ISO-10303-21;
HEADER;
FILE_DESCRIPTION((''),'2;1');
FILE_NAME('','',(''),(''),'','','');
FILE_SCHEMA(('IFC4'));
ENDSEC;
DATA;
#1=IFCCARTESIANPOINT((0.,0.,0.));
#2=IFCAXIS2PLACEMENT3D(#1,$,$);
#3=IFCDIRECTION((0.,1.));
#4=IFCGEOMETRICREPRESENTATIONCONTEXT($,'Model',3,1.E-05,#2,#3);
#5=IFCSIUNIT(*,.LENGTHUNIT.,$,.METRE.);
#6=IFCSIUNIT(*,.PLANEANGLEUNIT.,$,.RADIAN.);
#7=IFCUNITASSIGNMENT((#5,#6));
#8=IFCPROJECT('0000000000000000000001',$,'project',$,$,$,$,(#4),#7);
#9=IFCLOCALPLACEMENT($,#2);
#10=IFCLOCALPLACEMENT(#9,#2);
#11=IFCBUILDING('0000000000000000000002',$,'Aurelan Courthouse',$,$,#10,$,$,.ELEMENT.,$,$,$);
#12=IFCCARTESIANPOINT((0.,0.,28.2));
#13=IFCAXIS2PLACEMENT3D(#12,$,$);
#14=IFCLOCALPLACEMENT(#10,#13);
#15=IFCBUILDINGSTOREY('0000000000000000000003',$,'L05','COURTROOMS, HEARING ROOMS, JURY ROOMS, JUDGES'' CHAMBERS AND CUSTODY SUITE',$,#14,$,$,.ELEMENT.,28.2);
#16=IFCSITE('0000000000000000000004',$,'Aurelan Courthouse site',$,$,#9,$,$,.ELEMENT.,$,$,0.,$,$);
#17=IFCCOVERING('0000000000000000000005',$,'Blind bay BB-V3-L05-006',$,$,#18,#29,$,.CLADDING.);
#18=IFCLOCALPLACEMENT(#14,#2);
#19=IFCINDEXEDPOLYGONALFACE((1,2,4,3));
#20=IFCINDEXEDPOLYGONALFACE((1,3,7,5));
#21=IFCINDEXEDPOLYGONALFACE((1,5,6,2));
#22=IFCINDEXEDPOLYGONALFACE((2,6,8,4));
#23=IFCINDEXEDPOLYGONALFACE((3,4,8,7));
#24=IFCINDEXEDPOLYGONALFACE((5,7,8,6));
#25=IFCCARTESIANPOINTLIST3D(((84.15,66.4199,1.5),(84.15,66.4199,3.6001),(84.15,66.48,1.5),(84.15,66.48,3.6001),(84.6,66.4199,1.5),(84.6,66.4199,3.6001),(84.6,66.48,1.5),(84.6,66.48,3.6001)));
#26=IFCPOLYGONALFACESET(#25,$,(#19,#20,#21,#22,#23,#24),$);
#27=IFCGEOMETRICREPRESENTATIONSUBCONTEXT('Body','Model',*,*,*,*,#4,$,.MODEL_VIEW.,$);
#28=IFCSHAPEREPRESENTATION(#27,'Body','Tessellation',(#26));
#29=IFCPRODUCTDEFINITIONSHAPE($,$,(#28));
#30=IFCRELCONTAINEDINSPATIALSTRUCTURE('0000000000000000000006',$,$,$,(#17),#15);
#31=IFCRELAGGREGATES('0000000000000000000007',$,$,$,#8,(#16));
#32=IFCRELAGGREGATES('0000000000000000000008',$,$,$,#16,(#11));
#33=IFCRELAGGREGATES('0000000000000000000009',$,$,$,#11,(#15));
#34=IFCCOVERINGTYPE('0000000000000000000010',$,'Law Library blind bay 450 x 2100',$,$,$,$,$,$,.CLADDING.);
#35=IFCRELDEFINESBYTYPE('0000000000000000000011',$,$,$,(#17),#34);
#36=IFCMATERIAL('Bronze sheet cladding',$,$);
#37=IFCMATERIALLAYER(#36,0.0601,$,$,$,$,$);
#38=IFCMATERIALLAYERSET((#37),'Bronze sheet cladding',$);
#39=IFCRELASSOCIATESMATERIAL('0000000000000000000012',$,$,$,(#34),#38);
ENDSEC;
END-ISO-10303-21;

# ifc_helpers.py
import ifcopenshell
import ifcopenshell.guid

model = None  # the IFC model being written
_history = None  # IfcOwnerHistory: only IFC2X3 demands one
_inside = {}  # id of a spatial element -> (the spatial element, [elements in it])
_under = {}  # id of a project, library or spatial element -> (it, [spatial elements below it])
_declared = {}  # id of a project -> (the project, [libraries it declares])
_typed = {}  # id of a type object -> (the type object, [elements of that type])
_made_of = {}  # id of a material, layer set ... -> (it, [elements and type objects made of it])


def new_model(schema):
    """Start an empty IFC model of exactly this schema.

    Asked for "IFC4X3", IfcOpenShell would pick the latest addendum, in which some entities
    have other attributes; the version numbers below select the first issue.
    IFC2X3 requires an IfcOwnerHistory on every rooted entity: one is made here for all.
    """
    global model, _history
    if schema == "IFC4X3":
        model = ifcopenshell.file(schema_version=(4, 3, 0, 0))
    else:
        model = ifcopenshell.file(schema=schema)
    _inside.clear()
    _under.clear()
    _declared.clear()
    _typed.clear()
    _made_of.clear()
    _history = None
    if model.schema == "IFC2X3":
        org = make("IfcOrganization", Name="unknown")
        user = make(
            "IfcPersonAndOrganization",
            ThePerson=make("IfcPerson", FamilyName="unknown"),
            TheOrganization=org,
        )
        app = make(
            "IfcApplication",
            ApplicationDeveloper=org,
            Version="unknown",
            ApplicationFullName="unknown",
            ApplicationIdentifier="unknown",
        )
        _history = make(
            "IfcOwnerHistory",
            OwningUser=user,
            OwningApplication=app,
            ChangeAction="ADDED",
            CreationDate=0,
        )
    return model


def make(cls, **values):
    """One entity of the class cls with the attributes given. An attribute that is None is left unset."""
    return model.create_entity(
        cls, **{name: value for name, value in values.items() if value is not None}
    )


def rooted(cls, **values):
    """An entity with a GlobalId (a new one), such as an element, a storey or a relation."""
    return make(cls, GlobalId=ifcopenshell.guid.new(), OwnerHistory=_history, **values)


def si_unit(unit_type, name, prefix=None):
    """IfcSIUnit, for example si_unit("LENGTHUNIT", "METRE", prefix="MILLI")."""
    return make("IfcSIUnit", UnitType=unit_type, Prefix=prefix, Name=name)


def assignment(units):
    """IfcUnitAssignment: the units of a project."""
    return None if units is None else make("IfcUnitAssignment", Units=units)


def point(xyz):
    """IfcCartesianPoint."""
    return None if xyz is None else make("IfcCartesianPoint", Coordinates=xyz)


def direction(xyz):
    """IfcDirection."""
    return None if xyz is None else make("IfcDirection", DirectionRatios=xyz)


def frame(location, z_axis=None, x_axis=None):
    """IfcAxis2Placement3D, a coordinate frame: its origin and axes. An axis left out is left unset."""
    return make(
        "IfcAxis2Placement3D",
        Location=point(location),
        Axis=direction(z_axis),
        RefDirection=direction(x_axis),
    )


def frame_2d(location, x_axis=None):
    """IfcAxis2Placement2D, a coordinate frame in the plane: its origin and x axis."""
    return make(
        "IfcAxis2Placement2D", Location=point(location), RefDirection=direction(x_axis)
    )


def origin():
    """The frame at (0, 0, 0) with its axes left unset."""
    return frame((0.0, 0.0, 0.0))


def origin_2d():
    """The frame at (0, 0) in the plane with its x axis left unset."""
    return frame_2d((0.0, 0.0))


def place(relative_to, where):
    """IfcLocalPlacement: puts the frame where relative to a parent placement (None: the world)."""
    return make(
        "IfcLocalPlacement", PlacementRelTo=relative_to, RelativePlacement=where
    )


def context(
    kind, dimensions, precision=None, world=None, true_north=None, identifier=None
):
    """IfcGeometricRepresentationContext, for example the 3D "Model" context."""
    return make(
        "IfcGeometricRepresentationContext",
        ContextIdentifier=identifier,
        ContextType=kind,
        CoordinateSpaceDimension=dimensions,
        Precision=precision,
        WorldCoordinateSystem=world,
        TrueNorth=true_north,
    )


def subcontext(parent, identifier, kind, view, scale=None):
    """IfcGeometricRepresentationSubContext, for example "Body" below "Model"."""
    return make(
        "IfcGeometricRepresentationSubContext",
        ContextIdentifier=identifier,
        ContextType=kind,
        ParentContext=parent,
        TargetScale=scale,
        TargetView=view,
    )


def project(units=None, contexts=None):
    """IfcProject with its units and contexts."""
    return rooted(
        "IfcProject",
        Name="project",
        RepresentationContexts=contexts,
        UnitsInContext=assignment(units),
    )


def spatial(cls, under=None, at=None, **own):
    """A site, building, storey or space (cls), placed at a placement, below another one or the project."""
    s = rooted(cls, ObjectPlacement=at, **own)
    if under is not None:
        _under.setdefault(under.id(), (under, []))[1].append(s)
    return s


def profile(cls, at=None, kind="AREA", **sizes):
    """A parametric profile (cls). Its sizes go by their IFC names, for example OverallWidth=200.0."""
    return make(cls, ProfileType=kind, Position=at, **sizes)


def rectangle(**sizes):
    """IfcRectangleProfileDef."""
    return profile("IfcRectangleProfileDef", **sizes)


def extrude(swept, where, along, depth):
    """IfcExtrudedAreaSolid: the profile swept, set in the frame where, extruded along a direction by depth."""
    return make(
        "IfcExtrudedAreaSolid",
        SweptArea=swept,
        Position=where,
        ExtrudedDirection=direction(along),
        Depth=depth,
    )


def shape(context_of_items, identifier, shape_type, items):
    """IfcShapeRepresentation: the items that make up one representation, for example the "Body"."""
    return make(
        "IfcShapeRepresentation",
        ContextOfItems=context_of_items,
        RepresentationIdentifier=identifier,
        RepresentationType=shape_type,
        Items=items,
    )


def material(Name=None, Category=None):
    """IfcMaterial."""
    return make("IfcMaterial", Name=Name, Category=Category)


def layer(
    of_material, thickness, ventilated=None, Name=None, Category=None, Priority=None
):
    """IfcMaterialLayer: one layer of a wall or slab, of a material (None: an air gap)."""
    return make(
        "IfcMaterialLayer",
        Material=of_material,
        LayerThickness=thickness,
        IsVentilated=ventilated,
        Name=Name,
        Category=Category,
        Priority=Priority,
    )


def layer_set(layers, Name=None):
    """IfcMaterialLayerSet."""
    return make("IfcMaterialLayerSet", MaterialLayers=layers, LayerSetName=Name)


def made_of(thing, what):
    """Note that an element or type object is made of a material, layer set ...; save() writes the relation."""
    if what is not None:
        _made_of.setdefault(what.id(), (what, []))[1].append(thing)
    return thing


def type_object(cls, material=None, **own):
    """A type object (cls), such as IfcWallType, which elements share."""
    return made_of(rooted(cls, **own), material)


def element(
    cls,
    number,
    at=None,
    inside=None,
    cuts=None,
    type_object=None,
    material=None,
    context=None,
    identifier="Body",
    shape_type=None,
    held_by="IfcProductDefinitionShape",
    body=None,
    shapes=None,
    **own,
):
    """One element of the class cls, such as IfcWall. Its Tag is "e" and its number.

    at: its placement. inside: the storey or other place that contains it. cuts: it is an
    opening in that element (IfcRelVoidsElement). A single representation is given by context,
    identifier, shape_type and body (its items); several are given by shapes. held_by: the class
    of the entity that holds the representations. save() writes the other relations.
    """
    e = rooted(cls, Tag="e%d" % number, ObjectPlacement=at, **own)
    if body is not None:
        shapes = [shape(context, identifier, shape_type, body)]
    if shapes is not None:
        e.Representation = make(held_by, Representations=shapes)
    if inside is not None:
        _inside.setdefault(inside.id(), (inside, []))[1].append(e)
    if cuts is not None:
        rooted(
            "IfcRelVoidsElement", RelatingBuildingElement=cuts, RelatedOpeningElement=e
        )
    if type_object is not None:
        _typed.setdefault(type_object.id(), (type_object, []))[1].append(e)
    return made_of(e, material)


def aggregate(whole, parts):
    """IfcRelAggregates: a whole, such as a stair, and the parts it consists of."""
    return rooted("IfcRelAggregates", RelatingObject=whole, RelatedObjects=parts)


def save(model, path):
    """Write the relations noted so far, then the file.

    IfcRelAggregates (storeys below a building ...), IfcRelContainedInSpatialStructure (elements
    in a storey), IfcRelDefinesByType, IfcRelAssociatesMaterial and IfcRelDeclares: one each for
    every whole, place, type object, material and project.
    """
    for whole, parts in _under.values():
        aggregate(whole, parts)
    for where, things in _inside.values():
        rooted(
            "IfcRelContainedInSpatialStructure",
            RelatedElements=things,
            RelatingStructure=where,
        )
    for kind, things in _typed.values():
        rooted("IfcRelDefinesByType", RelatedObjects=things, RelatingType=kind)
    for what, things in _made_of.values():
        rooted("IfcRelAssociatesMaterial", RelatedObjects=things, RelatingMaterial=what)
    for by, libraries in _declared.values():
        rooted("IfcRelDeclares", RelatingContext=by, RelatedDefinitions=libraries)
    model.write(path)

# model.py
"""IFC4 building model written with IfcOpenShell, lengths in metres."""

from ifc_helpers import new_model, si_unit, direction, frame, origin, origin_2d, place, context, subcontext, project, spatial, rectangle, extrude, material, layer, layer_set, type_object, element, save


model = new_model("IFC4")

# Units and contexts
model_context = context("Model", 3, precision=1e-05, world=origin(), true_north=direction((0.0, 1.0)))
body_context = subcontext(model_context, "Body", "Model", "MODEL_VIEW")
ifc_project = project(units=[si_unit("LENGTHUNIT", "METRE"), si_unit("PLANEANGLEUNIT", "RADIAN")], contexts=[model_context])

# Site, building, storey
site_placement = place(None, origin())
site = spatial("IfcSite", under=ifc_project, at=site_placement, Name="Aurelan Courthouse site", CompositionType="ELEMENT", RefElevation=0.0)
building_placement = place(site_placement, origin())
building = spatial("IfcBuilding", under=site, at=building_placement, Name="Aurelan Courthouse", CompositionType="ELEMENT")
storey_placement = place(building_placement, frame((0.0, 0.0, 28.2)))
storey = spatial("IfcBuildingStorey", under=building, at=storey_placement, Name="L05", Description="COURTROOMS, HEARING ROOMS, JURY ROOMS, JUDGES' CHAMBERS AND CUSTODY SUITE", CompositionType="ELEMENT", Elevation=28.2)

# Covering
ifc_material_1 = material(Name="Bronze sheet cladding")
ifc_layer_1 = layer(ifc_material_1, 0.0601)
ifc_layer_set_1 = layer_set([ifc_layer_1], Name="Bronze sheet cladding")
covering_type = type_object("IfcCoveringType", Name="Law Library blind bay 450 x 2100", PredefinedType="CLADDING", material=ifc_layer_set_1)
for number, where, z_axis, x_axis, name in (
    (1, (84.375, 66.45, 1.5), (0.0, 0.0, 1.0), (1.0, 0.0, 0.0), "Blind bay BB-V3-L05-006"),
):
    element("IfcCovering", number, at=place(storey_placement, frame(where, z_axis=z_axis, x_axis=x_axis)), inside=storey, type_object=covering_type, Name=name, PredefinedType="CLADDING", context=body_context, shape_type="SweptSolid", body=[
        extrude(rectangle(XDim=0.45, YDim=0.0601, at=origin_2d()), origin(), (0.0, 0.0, 1.0), 2.1001),
    ])

save(model, "model.ifc")
